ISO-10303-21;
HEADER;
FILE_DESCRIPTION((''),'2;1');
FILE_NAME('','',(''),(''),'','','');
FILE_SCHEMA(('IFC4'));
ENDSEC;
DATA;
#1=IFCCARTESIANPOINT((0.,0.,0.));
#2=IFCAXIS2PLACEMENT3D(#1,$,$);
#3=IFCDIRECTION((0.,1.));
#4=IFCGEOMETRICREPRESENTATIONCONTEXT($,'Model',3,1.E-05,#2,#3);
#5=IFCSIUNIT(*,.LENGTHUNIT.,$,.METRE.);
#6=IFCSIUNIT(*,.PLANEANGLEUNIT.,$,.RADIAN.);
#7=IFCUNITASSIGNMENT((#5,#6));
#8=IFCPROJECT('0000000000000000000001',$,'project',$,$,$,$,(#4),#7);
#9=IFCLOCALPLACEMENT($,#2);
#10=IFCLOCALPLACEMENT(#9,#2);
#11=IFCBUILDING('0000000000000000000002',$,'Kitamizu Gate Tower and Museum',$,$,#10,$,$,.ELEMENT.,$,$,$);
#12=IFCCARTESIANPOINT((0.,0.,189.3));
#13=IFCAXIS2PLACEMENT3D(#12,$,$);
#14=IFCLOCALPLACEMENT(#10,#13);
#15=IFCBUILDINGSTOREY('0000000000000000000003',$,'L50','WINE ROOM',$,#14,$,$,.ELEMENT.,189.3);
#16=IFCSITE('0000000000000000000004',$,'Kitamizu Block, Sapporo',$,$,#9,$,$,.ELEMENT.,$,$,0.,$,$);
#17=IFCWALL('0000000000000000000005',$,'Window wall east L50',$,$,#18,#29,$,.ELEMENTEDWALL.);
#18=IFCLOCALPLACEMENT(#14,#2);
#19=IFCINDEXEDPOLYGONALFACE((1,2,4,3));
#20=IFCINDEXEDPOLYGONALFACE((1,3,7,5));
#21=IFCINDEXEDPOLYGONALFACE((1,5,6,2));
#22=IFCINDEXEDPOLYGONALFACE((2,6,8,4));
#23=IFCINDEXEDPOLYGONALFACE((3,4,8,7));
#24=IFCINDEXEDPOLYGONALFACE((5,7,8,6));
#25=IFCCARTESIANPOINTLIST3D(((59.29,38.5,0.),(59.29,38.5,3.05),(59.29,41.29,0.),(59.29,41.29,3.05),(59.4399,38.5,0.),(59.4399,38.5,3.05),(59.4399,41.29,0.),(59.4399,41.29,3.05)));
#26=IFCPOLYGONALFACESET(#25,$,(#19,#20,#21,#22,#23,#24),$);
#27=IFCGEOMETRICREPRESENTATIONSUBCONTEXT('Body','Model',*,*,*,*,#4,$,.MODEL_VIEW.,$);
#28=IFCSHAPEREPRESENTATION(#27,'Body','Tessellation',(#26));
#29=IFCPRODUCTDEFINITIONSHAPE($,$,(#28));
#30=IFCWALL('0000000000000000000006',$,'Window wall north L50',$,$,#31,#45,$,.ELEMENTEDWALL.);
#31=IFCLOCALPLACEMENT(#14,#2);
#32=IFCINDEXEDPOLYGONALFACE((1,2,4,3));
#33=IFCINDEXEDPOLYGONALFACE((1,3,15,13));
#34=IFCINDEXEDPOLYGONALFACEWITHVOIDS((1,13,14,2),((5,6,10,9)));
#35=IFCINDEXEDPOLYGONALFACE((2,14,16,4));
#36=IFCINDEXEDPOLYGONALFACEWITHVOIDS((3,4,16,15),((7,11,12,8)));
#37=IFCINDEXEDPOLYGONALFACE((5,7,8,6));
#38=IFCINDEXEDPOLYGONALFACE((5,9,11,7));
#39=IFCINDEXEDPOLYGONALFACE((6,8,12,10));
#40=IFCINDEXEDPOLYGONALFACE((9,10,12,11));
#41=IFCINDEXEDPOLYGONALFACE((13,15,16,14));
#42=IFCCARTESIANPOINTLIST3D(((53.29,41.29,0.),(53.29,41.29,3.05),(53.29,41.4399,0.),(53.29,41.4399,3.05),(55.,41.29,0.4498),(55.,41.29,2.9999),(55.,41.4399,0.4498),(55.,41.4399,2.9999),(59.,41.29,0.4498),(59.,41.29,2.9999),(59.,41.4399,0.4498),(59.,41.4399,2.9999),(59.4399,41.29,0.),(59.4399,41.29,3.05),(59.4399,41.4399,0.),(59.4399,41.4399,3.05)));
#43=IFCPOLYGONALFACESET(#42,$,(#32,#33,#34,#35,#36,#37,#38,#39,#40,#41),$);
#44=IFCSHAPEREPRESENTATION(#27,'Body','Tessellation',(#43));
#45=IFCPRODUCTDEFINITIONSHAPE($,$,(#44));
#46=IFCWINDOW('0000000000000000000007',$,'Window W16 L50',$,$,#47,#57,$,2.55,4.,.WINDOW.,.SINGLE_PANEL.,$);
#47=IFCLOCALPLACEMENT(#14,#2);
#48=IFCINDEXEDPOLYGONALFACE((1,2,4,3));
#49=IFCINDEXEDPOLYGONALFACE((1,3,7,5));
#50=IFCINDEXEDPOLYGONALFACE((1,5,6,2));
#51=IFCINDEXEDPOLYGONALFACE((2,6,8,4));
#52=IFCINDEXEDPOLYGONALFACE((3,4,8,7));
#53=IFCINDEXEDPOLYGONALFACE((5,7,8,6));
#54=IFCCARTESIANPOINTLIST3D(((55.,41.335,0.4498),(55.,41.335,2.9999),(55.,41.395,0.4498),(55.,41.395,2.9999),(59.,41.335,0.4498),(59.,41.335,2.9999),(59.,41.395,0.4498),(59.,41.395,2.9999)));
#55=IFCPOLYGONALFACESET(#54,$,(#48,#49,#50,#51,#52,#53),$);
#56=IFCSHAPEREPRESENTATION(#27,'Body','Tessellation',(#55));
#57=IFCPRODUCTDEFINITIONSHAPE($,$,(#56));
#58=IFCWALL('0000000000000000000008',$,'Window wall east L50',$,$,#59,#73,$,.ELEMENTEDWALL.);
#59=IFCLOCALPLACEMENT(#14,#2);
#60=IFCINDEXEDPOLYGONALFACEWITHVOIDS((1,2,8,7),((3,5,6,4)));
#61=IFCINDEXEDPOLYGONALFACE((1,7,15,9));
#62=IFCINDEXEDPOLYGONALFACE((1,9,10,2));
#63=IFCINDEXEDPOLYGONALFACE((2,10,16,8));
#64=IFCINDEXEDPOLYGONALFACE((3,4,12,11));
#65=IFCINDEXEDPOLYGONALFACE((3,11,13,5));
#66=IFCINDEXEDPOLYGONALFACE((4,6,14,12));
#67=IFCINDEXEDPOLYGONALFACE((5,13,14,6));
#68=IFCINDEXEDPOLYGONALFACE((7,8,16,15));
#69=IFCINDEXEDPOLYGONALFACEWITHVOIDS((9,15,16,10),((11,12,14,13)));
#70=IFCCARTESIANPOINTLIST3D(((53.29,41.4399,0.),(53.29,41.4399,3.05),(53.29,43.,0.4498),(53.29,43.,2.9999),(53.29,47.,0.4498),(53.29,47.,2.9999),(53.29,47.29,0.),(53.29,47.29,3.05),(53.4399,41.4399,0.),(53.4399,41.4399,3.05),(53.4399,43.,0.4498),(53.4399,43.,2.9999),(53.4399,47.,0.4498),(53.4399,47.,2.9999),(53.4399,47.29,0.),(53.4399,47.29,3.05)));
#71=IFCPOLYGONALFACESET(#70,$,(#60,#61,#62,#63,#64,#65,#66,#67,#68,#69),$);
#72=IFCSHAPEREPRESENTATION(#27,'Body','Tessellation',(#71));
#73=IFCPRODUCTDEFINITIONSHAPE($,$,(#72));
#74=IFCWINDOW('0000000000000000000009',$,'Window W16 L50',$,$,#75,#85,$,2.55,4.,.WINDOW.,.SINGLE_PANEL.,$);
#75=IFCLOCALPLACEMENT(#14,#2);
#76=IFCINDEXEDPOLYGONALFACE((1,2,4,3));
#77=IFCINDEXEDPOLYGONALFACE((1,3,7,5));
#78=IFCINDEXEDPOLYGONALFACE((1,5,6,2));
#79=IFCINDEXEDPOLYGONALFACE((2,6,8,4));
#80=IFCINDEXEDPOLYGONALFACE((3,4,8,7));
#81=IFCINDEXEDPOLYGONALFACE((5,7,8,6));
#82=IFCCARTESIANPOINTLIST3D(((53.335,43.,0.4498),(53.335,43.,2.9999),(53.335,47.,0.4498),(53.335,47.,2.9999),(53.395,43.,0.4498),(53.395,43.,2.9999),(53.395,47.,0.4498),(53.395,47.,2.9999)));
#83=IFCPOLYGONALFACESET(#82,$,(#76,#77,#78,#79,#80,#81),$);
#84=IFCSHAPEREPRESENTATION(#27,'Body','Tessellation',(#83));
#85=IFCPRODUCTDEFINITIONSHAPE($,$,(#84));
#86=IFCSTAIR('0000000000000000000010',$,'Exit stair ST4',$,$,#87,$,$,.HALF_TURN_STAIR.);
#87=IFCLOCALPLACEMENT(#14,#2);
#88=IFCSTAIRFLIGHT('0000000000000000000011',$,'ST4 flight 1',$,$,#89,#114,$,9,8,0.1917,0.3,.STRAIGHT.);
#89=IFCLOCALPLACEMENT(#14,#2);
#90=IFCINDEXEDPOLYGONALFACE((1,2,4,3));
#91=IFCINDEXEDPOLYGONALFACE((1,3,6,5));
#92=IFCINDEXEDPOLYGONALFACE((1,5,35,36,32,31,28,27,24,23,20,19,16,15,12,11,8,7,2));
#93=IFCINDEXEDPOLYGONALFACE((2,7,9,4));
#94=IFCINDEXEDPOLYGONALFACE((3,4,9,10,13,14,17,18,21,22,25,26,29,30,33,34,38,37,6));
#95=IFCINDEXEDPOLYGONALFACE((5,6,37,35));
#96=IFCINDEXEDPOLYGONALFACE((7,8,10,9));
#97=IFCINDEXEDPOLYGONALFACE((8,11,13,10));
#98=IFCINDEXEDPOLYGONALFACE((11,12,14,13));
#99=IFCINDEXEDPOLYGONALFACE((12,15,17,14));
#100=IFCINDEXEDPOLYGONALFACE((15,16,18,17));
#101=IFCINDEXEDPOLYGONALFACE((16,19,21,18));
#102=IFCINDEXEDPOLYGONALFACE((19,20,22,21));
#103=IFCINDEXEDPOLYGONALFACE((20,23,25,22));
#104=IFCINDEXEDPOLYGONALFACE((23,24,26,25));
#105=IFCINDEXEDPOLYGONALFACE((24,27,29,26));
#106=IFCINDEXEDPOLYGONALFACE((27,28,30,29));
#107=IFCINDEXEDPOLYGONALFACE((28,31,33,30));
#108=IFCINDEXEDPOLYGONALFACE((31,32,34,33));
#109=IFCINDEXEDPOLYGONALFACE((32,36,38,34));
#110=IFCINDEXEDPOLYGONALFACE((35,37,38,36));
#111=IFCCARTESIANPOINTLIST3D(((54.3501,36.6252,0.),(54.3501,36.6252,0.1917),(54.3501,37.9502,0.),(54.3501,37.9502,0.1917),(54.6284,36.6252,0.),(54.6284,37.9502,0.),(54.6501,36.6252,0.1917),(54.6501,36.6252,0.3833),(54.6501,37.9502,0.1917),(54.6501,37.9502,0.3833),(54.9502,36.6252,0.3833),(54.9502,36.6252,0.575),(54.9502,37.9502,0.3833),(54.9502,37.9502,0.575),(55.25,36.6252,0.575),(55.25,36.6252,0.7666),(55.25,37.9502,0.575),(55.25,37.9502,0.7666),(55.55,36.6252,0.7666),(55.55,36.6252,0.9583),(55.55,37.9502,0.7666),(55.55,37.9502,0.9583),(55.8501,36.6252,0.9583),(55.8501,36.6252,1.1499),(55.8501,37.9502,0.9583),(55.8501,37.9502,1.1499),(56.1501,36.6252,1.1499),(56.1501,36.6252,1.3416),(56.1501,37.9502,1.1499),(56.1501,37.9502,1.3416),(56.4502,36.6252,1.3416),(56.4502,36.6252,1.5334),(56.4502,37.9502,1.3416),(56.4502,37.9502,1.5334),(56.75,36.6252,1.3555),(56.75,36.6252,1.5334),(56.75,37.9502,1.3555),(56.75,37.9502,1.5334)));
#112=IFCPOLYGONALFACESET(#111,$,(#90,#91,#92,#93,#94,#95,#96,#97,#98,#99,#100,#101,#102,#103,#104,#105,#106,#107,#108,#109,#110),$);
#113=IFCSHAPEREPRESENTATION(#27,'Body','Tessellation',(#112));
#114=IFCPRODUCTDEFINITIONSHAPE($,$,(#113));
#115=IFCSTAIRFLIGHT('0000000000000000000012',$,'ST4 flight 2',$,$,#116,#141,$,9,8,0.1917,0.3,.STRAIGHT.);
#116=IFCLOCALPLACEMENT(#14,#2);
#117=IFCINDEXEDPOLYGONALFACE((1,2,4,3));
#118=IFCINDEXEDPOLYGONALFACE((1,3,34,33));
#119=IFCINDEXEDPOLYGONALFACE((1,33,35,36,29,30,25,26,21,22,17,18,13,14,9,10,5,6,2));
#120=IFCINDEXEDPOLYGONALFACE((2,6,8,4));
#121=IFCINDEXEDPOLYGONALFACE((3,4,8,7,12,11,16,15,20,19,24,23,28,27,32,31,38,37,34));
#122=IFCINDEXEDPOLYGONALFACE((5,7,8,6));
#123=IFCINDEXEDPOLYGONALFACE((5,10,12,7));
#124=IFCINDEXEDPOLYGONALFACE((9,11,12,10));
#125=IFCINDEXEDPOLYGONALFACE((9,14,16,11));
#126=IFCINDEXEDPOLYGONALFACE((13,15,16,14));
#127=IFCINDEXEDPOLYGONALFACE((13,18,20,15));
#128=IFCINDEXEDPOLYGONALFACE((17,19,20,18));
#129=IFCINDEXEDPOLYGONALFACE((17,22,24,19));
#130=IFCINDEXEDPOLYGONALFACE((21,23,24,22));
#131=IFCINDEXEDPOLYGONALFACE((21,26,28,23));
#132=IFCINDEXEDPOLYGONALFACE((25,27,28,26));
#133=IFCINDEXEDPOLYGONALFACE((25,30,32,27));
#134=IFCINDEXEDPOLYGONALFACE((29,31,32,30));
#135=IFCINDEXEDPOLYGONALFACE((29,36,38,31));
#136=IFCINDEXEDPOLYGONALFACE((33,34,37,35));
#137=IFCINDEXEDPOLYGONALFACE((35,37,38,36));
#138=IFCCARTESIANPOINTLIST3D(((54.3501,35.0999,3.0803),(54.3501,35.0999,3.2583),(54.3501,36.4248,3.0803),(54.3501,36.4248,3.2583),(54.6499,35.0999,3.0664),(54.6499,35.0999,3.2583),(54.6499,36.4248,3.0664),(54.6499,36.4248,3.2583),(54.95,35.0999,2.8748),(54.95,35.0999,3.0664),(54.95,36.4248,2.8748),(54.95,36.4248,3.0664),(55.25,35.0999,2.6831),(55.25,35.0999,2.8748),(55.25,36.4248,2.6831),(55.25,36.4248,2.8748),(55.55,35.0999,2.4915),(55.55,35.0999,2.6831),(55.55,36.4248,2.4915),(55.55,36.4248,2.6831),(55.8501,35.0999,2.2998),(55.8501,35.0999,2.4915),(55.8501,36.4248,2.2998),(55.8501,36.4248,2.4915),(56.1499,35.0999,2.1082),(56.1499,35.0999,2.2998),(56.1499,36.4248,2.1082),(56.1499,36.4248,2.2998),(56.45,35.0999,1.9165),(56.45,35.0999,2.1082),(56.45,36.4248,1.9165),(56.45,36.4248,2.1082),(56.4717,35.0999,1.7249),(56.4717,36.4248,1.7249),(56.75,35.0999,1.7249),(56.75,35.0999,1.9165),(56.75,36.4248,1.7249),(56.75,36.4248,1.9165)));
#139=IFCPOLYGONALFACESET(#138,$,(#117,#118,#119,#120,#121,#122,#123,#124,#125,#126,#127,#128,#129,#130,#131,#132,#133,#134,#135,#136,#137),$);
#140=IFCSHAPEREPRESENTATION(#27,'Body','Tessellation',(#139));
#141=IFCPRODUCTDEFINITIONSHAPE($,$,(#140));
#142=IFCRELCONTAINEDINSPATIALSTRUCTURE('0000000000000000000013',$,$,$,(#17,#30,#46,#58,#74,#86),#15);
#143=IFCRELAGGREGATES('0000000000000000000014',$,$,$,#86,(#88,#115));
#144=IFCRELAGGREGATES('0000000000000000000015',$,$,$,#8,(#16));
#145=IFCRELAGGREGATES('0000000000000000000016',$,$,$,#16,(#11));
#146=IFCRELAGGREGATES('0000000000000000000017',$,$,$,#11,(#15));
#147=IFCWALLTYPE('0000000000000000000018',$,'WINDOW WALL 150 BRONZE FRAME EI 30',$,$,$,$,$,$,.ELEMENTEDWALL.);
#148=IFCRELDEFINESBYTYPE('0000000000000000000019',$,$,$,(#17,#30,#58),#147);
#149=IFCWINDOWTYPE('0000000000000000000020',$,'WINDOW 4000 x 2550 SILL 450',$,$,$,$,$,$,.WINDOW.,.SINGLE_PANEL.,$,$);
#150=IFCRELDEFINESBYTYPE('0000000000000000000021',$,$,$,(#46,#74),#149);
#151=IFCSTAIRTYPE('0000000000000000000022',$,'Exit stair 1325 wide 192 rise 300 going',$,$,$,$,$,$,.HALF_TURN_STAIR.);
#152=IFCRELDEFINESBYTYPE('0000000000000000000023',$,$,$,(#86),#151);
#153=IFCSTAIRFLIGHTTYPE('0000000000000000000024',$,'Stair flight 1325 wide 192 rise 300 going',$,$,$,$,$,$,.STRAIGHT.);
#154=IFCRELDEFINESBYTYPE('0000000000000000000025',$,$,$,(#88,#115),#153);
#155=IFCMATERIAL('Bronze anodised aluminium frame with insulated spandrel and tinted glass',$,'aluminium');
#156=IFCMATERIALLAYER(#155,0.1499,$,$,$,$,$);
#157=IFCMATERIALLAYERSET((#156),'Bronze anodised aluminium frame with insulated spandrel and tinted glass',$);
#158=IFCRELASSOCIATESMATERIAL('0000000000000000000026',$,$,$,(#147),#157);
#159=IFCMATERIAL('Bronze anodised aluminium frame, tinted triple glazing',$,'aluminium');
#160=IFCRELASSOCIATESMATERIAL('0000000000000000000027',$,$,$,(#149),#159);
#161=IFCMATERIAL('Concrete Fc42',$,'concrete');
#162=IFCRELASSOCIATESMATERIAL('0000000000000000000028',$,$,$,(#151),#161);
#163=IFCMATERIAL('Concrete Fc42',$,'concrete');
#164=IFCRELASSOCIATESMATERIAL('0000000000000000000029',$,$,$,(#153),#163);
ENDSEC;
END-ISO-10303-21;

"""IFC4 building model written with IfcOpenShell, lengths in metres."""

from ifc_helpers import new_model, si_unit, direction, frame, frame_2d, origin, place, context, subcontext, project, spatial, polyline, rectangle, outline, extrude, material, layer, layer_set, type_object, element, fill, aggregate, save


model = new_model("IFC4")

# Units and contexts
model_context = context("Model", 3, precision=1e-05, world=origin(), true_north=direction((0.0, 1.0)))
body_context = subcontext(model_context, "Body", "Model", "MODEL_VIEW")
ifc_project = project(units=[si_unit("LENGTHUNIT", "METRE"), si_unit("PLANEANGLEUNIT", "RADIAN")], contexts=[model_context])

# Site, building, storey
site_placement = place(None, origin())
site = spatial("IfcSite", under=ifc_project, at=site_placement, Name="Kitamizu Block, Sapporo", CompositionType="ELEMENT", RefElevation=0.0)
building_placement = place(site_placement, origin())
building = spatial("IfcBuilding", under=site, at=building_placement, Name="Kitamizu Gate Tower and Museum", CompositionType="ELEMENT")
storey_placement = place(building_placement, frame((0.0, 0.0, 189.3)))
storey = spatial("IfcBuildingStorey", under=building, at=storey_placement, Name="L50", Description="WINE ROOM", CompositionType="ELEMENT", Elevation=189.3)

# Wall
ifc_material_1 = material(Name="Bronze anodised aluminium frame with insulated spandrel and tinted glass", Category="aluminium")
ifc_layer_1 = layer(ifc_material_1, 0.1499)
ifc_layer_set_1 = layer_set([ifc_layer_1], Name="Bronze anodised aluminium frame with insulated spandrel and tinted glass")
wall_type_1 = type_object("IfcWallType", Name="WINDOW WALL 150 BRONZE FRAME EI 30", PredefinedType="ELEMENTEDWALL", material=ifc_layer_set_1)
wall_1_placement = place(storey_placement, frame((59.365, 38.5, 0.0), z_axis=(0.0, 0.0, 1.0), x_axis=(0.0, 1.0, 0.0)))
element("IfcWall", 1, at=wall_1_placement, inside=storey, type_object=wall_type_1, Name="Window wall east L50", PredefinedType="ELEMENTEDWALL", context=body_context, shape_type="SweptSolid", body=[
    extrude(rectangle(XDim=2.79, YDim=0.1499, at=frame_2d((1.395, 0.0))), origin(), (0.0, 0.0, 1.0), 3.05),
])

# Walls, openings, windows
wall_2_placement = place(storey_placement, frame((53.29, 41.365, 0.0), z_axis=(0.0, 0.0, 1.0), x_axis=(1.0, 0.0, 0.0)))
wall_2 = element("IfcWall", 2, at=wall_2_placement, inside=storey, type_object=wall_type_1, Name="Window wall north L50", PredefinedType="ELEMENTEDWALL", context=body_context, shape_type="SweptSolid", body=[
    extrude(rectangle(XDim=6.1499, YDim=0.1499, at=frame_2d((3.075, 0.0))), origin(), (0.0, 0.0, 1.0), 3.05),
])
opening_1_placement = place(wall_2_placement, frame((1.71, 0.0, 0.45)))
opening_1 = element("IfcOpeningElement", 3, at=opening_1_placement, cuts=wall_2, PredefinedType="OPENING", context=body_context, shape_type="SweptSolid", body=[
    extrude(rectangle(XDim=4.0, YDim=2.55, at=frame_2d((2.0, 1.2749))), frame((0.0, 0.085, 0.0), z_axis=(0.0, -1.0, 0.0), x_axis=(1.0, 0.0, 0.0)), (0.0, 0.0, 1.0), 0.1699),
])
ifc_material_2 = material(Name="Bronze anodised aluminium frame, tinted triple glazing", Category="aluminium")
window_type = type_object("IfcWindowType", Name="WINDOW 4000 x 2550 SILL 450", PartitioningType="SINGLE_PANEL", PredefinedType="WINDOW", material=ifc_material_2)
window_1_placement = place(opening_1_placement, origin())
window_1 = element("IfcWindow", 4, at=window_1_placement, inside=storey, type_object=window_type, Name="Window W16 L50", OverallHeight=2.55, OverallWidth=4.0, PartitioningType="SINGLE_PANEL", PredefinedType="WINDOW", context=body_context, shape_type="SweptSolid", body=[
    extrude(rectangle(XDim=4.0, YDim=2.55, at=frame_2d((2.0, 1.2749))), frame((0.0, 0.03, 0.0), z_axis=(0.0, -1.0, 0.0), x_axis=(1.0, 0.0, 0.0)), (0.0, 0.0, 1.0), 0.0601),
])
fill(opening_1, window_1)
wall_3_placement = place(storey_placement, frame((53.365, 41.4399, 0.0), z_axis=(0.0, 0.0, 1.0), x_axis=(0.0, 1.0, 0.0)))
wall_3 = element("IfcWall", 5, at=wall_3_placement, inside=storey, type_object=wall_type_1, Name="Window wall east L50", PredefinedType="ELEMENTEDWALL", context=body_context, shape_type="SweptSolid", body=[
    extrude(rectangle(XDim=5.8501, YDim=0.1499, at=frame_2d((2.925, 0.0))), origin(), (0.0, 0.0, 1.0), 3.05),
])
opening_2_placement = place(wall_3_placement, frame((1.5601, 0.0, 0.45)))
opening_2 = element("IfcOpeningElement", 6, at=opening_2_placement, cuts=wall_3, PredefinedType="OPENING", context=body_context, shape_type="SweptSolid", body=[
    extrude(rectangle(XDim=4.0, YDim=2.55, at=frame_2d((2.0, 1.2749))), frame((0.0, 0.085, 0.0), z_axis=(0.0, -1.0, 0.0), x_axis=(1.0, 0.0, 0.0)), (0.0, 0.0, 1.0), 0.1699),
])
window_2_placement = place(opening_2_placement, origin())
window_2 = element("IfcWindow", 7, at=window_2_placement, inside=storey, type_object=window_type, Name="Window W16 L50", OverallHeight=2.55, OverallWidth=4.0, PartitioningType="SINGLE_PANEL", PredefinedType="WINDOW", context=body_context, shape_type="SweptSolid", body=[
    extrude(rectangle(XDim=4.0, YDim=2.55, at=frame_2d((2.0, 1.2749))), frame((0.0, 0.03, 0.0), z_axis=(0.0, -1.0, 0.0), x_axis=(1.0, 0.0, 0.0)), (0.0, 0.0, 1.0), 0.0601),
])
fill(opening_2, window_2)

# Stair, stair flights
ifc_material_3 = material(Name="Concrete Fc42", Category="concrete")
stair_type = type_object("IfcStairType", Name="Exit stair 1325 wide 192 rise 300 going", PredefinedType="HALF_TURN_STAIR", material=ifc_material_3)
stair_placement = place(storey_placement, origin())
stair = element("IfcStair", 8, at=stair_placement, inside=storey, type_object=stair_type, Name="Exit stair ST4", PredefinedType="HALF_TURN_STAIR")
ifc_material_4 = material(Name="Concrete Fc42", Category="concrete")
stair_flight_type = type_object("IfcStairFlightType", Name="Stair flight 1325 wide 192 rise 300 going", PredefinedType="STRAIGHT", material=ifc_material_4)
stair_flight_1_placement = place(storey_placement, frame((54.3501, 37.2876, 0.0), z_axis=(0.0, 0.0, 1.0), x_axis=(1.0, 0.0, 0.0)))
stair_flight_1 = element("IfcStairFlight", 9, at=stair_flight_1_placement, type_object=stair_flight_type, Name="ST4 flight 1", NumberOfRisers=9, NumberOfTreads=8, PredefinedType="STRAIGHT", RiserHeight=0.1917, TreadLength=0.3, context=body_context, shape_type="SweptSolid", body=[
    extrude(outline(polyline([(0.0, 0.0), (0.0, 0.1917), (0.3, 0.1917), (0.3, 0.3833), (0.6001, 0.3833), (0.6001, 0.575), (0.8999, 0.575), (0.8999, 0.7666), (1.2, 0.7666), (1.2, 0.9583), (1.5, 0.9583), (1.5, 1.1499), (1.8, 1.1499), (1.8, 1.3416), (2.1001, 1.3416), (2.1001, 1.5334), (2.3999, 1.5334), (2.3999, 1.7251), (2.3999, 1.3555), (0.2783, 0.0), (0.0, 0.0)])), frame((0.0, 0.6626, 0.0), z_axis=(0.0, -1.0, 0.0), x_axis=(1.0, 0.0, 0.0)), (0.0, 0.0, 1.0), 1.325),
])
stair_flight_2_placement = place(storey_placement, frame((56.75, 35.7625, 1.7249), z_axis=(0.0, 0.0, 1.0), x_axis=(-1.0, 0.0, 0.0)))
stair_flight_2 = element("IfcStairFlight", 10, at=stair_flight_2_placement, type_object=stair_flight_type, Name="ST4 flight 2", NumberOfRisers=9, NumberOfTreads=8, PredefinedType="STRAIGHT", RiserHeight=0.1917, TreadLength=0.3, context=body_context, shape_type="SweptSolid", body=[
    extrude(outline(polyline([(0.0, 0.0), (0.0, 0.1917), (0.3, 0.1917), (0.3, 0.3833), (0.6001, 0.3833), (0.6001, 0.575), (0.8999, 0.575), (0.8999, 0.7666), (1.2, 0.7666), (1.2, 0.9583), (1.5, 0.9583), (1.5, 1.1499), (1.8, 1.1499), (1.8, 1.3416), (2.1001, 1.3416), (2.1001, 1.5334), (2.3999, 1.5334), (2.3999, 1.7251), (2.3999, 1.3555), (0.2783, 0.0), (0.0, 0.0)])), frame((0.0, 0.6626, 0.0), z_axis=(0.0, -1.0, 0.0), x_axis=(1.0, 0.0, 0.0)), (0.0, 0.0, 1.0), 1.325),
])
aggregate(stair, [stair_flight_1, stair_flight_2])

save(model, "model.ifc")
